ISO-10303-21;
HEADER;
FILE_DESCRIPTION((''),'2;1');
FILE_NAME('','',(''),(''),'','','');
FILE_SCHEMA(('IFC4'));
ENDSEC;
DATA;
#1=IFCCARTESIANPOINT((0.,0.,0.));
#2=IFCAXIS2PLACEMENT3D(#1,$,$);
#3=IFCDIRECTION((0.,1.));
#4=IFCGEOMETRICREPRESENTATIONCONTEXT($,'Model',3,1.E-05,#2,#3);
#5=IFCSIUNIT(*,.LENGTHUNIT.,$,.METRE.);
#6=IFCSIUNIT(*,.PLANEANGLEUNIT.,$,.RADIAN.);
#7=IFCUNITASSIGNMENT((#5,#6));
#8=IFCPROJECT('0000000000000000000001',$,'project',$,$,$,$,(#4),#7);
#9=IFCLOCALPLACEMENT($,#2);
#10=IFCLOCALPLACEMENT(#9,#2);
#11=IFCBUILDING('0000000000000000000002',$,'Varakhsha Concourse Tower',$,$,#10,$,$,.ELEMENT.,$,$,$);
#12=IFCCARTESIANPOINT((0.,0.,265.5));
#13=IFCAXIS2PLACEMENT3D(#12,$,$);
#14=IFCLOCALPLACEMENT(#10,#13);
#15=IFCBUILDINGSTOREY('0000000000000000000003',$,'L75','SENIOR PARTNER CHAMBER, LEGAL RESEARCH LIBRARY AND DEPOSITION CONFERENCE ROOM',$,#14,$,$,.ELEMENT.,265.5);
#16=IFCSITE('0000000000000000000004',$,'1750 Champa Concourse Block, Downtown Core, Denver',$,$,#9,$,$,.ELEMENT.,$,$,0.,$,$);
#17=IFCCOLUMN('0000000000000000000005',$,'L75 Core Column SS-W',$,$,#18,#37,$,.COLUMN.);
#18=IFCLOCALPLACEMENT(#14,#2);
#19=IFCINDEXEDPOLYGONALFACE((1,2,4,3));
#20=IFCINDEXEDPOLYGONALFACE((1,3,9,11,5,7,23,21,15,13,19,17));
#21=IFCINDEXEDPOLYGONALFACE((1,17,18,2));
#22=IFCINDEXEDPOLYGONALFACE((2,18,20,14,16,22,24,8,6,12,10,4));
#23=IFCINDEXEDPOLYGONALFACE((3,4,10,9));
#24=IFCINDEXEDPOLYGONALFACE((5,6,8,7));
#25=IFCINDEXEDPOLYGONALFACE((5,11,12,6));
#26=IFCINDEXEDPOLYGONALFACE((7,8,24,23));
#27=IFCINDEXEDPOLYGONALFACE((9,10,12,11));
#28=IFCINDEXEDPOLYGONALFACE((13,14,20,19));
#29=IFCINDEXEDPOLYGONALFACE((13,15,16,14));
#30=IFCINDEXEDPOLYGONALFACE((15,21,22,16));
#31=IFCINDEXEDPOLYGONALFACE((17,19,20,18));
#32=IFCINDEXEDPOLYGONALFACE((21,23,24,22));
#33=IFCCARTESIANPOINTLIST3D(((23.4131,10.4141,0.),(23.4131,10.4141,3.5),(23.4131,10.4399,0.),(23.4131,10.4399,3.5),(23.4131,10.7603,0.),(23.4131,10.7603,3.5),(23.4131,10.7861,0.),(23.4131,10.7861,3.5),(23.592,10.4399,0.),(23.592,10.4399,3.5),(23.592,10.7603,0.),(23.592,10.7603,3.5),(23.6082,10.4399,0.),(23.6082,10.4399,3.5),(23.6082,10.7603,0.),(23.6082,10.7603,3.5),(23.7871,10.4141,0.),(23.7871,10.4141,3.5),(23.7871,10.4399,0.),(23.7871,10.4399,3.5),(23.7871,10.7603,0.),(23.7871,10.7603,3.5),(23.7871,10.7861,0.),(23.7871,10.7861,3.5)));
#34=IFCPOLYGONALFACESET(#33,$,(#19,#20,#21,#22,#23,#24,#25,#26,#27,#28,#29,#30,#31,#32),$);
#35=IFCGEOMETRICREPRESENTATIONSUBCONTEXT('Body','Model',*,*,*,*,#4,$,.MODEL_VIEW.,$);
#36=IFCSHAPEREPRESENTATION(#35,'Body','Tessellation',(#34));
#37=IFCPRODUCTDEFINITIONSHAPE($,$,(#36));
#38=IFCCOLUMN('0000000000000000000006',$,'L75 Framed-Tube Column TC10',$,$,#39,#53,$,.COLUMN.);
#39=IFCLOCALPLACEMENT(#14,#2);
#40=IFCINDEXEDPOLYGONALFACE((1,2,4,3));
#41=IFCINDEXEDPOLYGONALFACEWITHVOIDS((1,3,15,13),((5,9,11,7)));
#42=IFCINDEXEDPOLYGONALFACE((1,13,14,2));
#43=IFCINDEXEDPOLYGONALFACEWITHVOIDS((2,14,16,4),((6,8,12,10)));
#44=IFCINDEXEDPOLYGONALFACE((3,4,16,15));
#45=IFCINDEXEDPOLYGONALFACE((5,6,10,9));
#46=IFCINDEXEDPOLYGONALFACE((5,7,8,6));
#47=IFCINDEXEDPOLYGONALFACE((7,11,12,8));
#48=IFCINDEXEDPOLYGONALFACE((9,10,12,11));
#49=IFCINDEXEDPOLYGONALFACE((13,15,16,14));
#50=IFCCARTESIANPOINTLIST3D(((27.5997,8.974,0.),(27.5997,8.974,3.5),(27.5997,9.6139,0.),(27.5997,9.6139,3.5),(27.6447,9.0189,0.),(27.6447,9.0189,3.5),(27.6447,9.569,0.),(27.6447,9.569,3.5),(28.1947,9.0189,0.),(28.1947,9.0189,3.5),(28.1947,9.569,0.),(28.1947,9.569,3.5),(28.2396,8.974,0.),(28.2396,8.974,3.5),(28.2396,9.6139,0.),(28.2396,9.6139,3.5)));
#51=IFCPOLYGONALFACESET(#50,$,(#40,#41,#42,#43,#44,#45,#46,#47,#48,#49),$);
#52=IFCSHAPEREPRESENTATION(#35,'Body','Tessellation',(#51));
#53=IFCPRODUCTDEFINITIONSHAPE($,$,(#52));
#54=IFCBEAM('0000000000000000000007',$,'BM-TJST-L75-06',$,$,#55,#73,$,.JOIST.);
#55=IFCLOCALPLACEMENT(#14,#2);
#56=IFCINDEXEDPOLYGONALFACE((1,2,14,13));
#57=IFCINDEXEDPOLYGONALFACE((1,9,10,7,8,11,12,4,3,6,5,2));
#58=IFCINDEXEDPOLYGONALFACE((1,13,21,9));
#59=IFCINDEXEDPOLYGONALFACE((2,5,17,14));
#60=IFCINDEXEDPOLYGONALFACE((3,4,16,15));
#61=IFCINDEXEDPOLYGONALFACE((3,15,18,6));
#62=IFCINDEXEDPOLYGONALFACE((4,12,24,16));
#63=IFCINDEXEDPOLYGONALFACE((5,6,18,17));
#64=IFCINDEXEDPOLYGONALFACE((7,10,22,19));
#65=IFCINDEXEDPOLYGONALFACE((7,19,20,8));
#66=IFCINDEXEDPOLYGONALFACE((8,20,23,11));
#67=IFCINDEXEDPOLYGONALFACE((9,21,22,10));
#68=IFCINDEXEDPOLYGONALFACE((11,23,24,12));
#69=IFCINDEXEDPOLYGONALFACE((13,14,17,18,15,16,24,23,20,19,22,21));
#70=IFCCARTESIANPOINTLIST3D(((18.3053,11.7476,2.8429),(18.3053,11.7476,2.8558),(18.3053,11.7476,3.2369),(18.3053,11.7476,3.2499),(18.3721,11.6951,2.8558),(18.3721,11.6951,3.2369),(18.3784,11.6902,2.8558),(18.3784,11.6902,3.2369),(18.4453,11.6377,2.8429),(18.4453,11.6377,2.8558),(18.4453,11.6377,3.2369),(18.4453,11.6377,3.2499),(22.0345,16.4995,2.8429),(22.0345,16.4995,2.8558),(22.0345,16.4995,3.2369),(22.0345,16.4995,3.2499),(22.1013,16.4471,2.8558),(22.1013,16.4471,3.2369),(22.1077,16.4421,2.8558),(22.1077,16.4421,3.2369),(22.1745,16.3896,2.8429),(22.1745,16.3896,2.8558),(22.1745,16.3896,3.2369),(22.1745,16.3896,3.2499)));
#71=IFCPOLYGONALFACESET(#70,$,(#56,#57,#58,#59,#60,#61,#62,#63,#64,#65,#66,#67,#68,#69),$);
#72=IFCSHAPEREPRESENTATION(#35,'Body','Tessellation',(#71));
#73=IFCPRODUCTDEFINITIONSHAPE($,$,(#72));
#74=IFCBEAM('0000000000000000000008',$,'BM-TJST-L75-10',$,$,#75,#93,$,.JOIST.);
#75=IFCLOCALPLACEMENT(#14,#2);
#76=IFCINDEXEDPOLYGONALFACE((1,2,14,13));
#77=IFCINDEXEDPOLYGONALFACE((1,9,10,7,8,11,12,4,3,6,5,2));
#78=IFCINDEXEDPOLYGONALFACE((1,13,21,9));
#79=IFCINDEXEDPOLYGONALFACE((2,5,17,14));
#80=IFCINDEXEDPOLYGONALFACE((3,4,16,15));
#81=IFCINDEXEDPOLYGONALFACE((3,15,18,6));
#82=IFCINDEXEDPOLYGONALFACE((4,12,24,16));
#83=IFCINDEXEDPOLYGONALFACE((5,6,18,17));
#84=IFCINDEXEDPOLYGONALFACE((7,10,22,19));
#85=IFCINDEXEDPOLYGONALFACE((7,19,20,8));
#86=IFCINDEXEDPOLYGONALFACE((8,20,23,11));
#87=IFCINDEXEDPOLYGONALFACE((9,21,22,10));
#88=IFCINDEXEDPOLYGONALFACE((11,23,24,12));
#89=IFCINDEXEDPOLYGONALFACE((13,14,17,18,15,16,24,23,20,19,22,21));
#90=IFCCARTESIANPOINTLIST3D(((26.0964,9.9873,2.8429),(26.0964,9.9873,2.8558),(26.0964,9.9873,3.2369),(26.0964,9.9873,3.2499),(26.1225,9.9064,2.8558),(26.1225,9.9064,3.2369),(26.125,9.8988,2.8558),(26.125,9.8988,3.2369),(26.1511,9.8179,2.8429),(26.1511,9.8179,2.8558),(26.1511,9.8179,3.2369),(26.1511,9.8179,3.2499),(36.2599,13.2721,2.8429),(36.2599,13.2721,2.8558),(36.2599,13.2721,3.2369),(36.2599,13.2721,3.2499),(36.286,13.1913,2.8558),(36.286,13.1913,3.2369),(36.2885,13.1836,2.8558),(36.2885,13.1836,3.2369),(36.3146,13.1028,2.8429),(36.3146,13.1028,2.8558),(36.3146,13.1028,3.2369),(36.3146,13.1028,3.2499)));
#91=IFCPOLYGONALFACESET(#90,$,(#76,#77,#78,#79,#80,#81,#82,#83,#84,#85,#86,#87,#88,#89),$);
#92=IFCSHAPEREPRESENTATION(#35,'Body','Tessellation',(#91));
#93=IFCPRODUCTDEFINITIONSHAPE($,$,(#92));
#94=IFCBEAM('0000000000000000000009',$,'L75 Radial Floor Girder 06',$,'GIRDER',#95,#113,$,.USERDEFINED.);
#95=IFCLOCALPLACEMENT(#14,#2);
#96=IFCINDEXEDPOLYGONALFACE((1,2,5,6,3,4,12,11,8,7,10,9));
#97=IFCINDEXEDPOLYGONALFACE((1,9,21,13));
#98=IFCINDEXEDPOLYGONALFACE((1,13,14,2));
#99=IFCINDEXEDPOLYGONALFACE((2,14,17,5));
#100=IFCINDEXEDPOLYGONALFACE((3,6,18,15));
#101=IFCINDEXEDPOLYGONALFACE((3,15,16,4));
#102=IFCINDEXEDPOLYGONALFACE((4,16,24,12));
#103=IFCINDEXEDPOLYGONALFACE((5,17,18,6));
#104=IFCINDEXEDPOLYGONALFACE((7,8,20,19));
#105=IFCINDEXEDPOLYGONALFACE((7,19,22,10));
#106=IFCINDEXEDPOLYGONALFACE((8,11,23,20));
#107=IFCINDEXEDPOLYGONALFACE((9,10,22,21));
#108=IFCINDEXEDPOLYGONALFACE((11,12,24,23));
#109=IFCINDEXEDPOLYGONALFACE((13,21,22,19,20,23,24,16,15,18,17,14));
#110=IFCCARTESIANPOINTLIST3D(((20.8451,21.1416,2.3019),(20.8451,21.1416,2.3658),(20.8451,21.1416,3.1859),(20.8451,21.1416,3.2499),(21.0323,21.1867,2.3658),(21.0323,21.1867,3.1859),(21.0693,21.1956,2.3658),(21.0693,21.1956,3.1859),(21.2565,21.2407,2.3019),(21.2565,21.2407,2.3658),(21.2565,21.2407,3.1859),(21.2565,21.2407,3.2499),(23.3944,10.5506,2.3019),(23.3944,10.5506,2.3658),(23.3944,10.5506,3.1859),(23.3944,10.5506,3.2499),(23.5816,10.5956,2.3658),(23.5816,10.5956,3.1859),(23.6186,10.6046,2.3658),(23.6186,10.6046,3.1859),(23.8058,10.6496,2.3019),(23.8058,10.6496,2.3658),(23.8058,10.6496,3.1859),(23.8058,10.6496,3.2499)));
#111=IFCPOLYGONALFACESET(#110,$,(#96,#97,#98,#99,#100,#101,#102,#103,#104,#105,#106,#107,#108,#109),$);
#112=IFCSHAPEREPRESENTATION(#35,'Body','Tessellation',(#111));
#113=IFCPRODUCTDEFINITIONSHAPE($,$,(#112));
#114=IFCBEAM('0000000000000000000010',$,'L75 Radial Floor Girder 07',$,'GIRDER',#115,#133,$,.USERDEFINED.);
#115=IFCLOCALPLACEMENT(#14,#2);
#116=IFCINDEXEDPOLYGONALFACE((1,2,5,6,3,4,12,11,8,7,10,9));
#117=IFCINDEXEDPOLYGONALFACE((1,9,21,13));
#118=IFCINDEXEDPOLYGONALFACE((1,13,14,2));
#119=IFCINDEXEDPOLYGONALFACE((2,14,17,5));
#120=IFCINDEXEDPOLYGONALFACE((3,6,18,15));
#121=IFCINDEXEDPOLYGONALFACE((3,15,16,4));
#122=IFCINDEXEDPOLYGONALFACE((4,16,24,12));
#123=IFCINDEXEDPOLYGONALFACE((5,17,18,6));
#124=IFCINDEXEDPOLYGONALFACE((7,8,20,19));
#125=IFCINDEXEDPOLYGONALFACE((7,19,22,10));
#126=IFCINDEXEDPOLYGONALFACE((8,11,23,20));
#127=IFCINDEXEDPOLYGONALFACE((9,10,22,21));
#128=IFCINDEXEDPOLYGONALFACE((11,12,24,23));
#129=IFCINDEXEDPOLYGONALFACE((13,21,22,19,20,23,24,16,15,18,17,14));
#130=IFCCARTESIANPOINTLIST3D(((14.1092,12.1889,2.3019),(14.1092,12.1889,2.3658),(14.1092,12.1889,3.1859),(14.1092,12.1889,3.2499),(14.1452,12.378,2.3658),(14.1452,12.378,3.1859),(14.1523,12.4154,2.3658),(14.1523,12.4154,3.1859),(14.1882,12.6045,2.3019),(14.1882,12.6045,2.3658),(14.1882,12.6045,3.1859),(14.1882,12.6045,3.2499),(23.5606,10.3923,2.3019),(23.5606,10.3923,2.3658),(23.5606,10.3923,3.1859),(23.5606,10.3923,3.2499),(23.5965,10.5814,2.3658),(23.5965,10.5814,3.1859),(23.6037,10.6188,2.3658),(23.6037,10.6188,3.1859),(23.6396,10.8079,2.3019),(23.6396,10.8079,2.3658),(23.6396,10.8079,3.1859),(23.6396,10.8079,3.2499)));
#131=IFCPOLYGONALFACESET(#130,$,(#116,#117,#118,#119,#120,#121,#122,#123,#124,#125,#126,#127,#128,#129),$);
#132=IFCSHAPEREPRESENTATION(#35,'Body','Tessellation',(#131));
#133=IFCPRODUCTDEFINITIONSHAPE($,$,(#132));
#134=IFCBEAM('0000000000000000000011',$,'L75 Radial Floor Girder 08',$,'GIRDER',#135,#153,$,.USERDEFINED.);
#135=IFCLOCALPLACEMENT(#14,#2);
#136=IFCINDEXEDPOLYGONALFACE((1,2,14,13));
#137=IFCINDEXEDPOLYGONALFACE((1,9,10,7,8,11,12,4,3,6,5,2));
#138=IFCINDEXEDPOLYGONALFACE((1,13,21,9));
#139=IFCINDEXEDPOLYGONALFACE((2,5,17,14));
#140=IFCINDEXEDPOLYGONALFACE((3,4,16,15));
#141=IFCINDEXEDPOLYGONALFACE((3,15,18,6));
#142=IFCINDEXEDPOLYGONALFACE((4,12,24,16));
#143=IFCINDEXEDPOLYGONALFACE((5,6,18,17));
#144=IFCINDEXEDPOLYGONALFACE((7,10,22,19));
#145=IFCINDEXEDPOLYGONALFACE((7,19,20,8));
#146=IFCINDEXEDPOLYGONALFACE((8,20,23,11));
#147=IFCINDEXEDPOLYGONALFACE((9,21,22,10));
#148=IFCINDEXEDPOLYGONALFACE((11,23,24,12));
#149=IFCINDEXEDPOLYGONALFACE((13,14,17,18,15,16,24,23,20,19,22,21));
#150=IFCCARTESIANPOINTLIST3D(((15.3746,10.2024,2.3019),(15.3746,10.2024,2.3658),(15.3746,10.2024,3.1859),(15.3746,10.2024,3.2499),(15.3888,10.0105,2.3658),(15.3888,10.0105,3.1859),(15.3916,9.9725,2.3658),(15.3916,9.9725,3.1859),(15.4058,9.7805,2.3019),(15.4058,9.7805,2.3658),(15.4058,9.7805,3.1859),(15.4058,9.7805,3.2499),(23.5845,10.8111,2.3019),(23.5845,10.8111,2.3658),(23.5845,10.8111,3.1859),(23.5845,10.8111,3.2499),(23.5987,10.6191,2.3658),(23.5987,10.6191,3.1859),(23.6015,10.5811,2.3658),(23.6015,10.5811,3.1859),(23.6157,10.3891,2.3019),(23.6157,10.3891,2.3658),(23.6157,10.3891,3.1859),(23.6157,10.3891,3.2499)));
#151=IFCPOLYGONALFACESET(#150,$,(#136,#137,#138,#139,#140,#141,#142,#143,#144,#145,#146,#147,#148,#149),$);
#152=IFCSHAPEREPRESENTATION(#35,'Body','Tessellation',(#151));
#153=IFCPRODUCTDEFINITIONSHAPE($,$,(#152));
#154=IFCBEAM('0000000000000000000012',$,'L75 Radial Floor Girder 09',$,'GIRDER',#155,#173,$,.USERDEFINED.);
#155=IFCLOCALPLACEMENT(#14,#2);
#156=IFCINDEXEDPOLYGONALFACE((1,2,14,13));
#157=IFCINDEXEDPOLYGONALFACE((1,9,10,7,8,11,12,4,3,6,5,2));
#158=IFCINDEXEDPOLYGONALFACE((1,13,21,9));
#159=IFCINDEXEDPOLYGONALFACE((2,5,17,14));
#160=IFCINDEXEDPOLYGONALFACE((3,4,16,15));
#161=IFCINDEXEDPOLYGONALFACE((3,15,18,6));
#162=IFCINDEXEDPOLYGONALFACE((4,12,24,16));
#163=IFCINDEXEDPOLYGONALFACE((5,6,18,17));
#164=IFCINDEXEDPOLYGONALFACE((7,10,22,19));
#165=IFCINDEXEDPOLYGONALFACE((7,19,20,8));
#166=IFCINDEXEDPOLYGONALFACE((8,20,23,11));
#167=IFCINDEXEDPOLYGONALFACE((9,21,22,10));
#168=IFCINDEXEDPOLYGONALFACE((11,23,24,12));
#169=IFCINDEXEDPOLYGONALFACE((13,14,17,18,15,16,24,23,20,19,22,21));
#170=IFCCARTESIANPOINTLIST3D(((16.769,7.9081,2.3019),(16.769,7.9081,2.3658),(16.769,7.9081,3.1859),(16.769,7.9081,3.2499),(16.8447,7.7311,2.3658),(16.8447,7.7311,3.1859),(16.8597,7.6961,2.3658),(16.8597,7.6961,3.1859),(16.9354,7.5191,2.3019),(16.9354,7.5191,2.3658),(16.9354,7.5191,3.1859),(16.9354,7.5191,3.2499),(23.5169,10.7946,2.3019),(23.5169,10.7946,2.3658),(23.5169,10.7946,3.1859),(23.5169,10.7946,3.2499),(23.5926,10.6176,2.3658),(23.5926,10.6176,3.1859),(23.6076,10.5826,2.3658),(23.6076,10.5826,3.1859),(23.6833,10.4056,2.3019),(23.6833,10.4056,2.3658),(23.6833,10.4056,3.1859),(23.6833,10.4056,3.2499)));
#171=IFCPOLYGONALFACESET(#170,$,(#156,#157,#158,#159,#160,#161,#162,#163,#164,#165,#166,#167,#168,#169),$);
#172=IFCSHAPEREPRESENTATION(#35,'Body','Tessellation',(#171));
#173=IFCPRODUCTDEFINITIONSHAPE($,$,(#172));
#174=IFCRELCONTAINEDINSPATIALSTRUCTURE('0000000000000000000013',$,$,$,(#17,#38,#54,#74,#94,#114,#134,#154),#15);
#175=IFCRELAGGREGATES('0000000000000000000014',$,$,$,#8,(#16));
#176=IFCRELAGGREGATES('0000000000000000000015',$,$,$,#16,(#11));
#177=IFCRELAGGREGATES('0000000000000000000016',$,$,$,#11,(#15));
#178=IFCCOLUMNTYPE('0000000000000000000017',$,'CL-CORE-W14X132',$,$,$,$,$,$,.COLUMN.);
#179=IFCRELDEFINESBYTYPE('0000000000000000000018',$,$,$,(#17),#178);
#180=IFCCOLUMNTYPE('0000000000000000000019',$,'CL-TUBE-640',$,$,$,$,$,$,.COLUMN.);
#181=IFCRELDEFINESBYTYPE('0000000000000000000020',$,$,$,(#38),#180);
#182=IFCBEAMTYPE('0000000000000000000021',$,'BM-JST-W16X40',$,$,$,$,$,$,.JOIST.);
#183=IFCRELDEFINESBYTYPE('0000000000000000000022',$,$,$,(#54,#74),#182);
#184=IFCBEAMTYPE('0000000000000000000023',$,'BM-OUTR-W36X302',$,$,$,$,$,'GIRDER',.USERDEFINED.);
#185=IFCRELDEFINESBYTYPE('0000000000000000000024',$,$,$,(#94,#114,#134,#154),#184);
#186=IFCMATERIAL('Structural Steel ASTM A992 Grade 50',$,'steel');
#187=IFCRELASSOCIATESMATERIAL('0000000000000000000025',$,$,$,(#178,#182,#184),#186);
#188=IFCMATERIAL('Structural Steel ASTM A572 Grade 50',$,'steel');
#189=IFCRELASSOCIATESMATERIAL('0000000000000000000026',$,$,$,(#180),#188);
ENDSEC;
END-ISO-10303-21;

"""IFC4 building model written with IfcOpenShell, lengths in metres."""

from ifc_helpers import new_model, si_unit, direction, frame, origin, origin_2d, place, context, subcontext, project, spatial, hollow_rectangle, i_section, extrude, material, material_profile, profile_set, type_object, element, save


model = new_model("IFC4")

# Units and contexts
model_context = context("Model", 3, precision=1e-05, world=origin(), true_north=direction((0.0, 1.0)))
body_context = subcontext(model_context, "Body", "Model", "MODEL_VIEW")
ifc_project = project(units=[si_unit("LENGTHUNIT", "METRE"), si_unit("PLANEANGLEUNIT", "RADIAN")], contexts=[model_context])

# Site, building, storey
site_placement = place(None, origin())
site = spatial("IfcSite", under=ifc_project, at=site_placement, Name="1750 Champa Concourse Block, Downtown Core, Denver", CompositionType="ELEMENT", RefElevation=0.0)
building_placement = place(site_placement, origin())
building = spatial("IfcBuilding", under=site, at=building_placement, Name="Varakhsha Concourse Tower", CompositionType="ELEMENT")
storey_placement = place(building_placement, frame((0.0, 0.0, 265.5)))
storey = spatial("IfcBuildingStorey", under=building, at=storey_placement, Name="L75", Description="SENIOR PARTNER CHAMBER, LEGAL RESEARCH LIBRARY AND DEPOSITION CONFERENCE ROOM", CompositionType="ELEMENT", Elevation=265.5)

# Columns
ifc_material_1 = material(Name="Structural Steel ASTM A992 Grade 50", Category="steel")
ifc_material_profile_1 = material_profile(ifc_material_1, i_section(OverallWidth=0.374, OverallDepth=0.3721, WebThickness=0.0161, FlangeThickness=0.0259, at=origin_2d()), Name="W14X132")
ifc_profile_set_1 = profile_set([ifc_material_profile_1], Name="Structural Steel ASTM A992 Grade 50")
column_type_1 = type_object("IfcColumnType", Name="CL-CORE-W14X132", PredefinedType="COLUMN", material=ifc_profile_set_1)
column_1_placement = place(storey_placement, frame((23.6001, 10.6001, 0.0), z_axis=(0.0, 0.0, 1.0), x_axis=(1.0, 0.0, 0.0)))
element("IfcColumn", 1, at=column_1_placement, inside=storey, type_object=column_type_1, Name="L75 Core Column SS-W", PredefinedType="COLUMN", context=body_context, shape_type="SweptSolid", body=[
    extrude(i_section(OverallWidth=0.374, OverallDepth=0.3721, WebThickness=0.0161, FlangeThickness=0.0259, at=origin_2d()), origin(), (0.0, 0.0, 1.0), 3.5),
])
ifc_material_2 = material(Name="Structural Steel ASTM A572 Grade 50", Category="steel")
ifc_material_profile_2 = material_profile(ifc_material_2, hollow_rectangle(XDim=0.6399, YDim=0.6399, WallThickness=0.0449, at=origin_2d()), Name="BOX 640x640x45")
ifc_profile_set_2 = profile_set([ifc_material_profile_2], Name="Structural Steel ASTM A572 Grade 50")
column_type_2 = type_object("IfcColumnType", Name="CL-TUBE-640", PredefinedType="COLUMN", material=ifc_profile_set_2)
column_2_placement = place(storey_placement, frame((27.9197, 9.2939, 0.0), z_axis=(0.0, 0.0, 1.0), x_axis=(1.0, 0.0, 0.0)))
element("IfcColumn", 2, at=column_2_placement, inside=storey, type_object=column_type_2, Name="L75 Framed-Tube Column TC10", PredefinedType="COLUMN", context=body_context, shape_type="SweptSolid", body=[
    extrude(hollow_rectangle(XDim=0.6399, YDim=0.6399, WallThickness=0.0449, at=origin_2d()), origin(), (0.0, 0.0, 1.0), 3.5),
])

# Beams
ifc_material_profile_3 = material_profile(ifc_material_1, i_section(OverallWidth=0.178, OverallDepth=0.407, WebThickness=0.0081, FlangeThickness=0.0129, at=origin_2d()), Name="W16X40")
ifc_profile_set_3 = profile_set([ifc_material_profile_3], Name="Structural Steel ASTM A992 Grade 50")
beam_type_1 = type_object("IfcBeamType", Name="BM-JST-W16X40", PredefinedType="JOIST", material=ifc_profile_set_3)
beam_1_placement = place(storey_placement, frame((22.1045, 16.4446, 3.0464), z_axis=(-0.617368, -0.786674, 0.0), x_axis=(0.786674, -0.617368, 0.0)))
element("IfcBeam", 3, at=beam_1_placement, inside=storey, type_object=beam_type_1, Name="BM-TJST-L75-06", PredefinedType="JOIST", context=body_context, shape_type="SweptSolid", body=[
    extrude(i_section(OverallWidth=0.178, OverallDepth=0.407, WebThickness=0.0081, FlangeThickness=0.0129, at=origin_2d()), origin(), (0.0, 0.0, 1.0), 6.0405),
])
beam_2_placement = place(storey_placement, frame((26.1238, 9.9026, 3.0464), z_axis=(0.951535, 0.30754, 0.0), x_axis=(-0.30754, 0.951535, 0.0)))
element("IfcBeam", 4, at=beam_2_placement, inside=storey, type_object=beam_type_1, Name="BM-TJST-L75-10", PredefinedType="JOIST", context=body_context, shape_type="SweptSolid", body=[
    extrude(i_section(OverallWidth=0.178, OverallDepth=0.407, WebThickness=0.0081, FlangeThickness=0.0129, at=origin_2d()), origin(), (0.0, 0.0, 1.0), 10.6812),
])
ifc_material_profile_4 = material_profile(ifc_material_1, i_section(OverallWidth=0.4231, OverallDepth=0.948, WebThickness=0.0381, FlangeThickness=0.064, at=origin_2d()), Name="W36X302")
ifc_profile_set_4 = profile_set([ifc_material_profile_4], Name="Structural Steel ASTM A992 Grade 50")
beam_type_2 = type_object("IfcBeamType", Name="BM-OUTR-W36X302", ElementType="GIRDER", PredefinedType="USERDEFINED", material=ifc_profile_set_4)
beam_3_placement = place(storey_placement, frame((23.6001, 10.6001, 2.7759), z_axis=(-0.23402, 0.972232, 0.0), x_axis=(-0.972232, -0.23402, 0.0)))
element("IfcBeam", 5, at=beam_3_placement, inside=storey, type_object=beam_type_2, Name="L75 Radial Floor Girder 06", ObjectType="GIRDER", PredefinedType="USERDEFINED", context=body_context, shape_type="SweptSolid", body=[
    extrude(i_section(OverallWidth=0.4231, OverallDepth=0.948, WebThickness=0.0381, FlangeThickness=0.064, at=origin_2d()), origin(), (0.0, 0.0, 1.0), 10.8936),
])
beam_4_placement = place(storey_placement, frame((23.6001, 10.6001, 2.7759), z_axis=(-0.982408, 0.186747, 0.0), x_axis=(-0.186747, -0.982408, 0.0)))
element("IfcBeam", 6, at=beam_4_placement, inside=storey, type_object=beam_type_2, Name="L75 Radial Floor Girder 07", ObjectType="GIRDER", PredefinedType="USERDEFINED", context=body_context, shape_type="SweptSolid", body=[
    extrude(i_section(OverallWidth=0.4231, OverallDepth=0.948, WebThickness=0.0381, FlangeThickness=0.064, at=origin_2d()), origin(), (0.0, 0.0, 1.0), 9.6206),
])
beam_5_placement = place(storey_placement, frame((23.6001, 10.6001, 2.7759), z_axis=(-0.997263, -0.073932, 0.0), x_axis=(0.073932, -0.997263, 0.0)))
element("IfcBeam", 7, at=beam_5_placement, inside=storey, type_object=beam_type_2, Name="L75 Radial Floor Girder 08", ObjectType="GIRDER", PredefinedType="USERDEFINED", context=body_context, shape_type="SweptSolid", body=[
    extrude(i_section(OverallWidth=0.4231, OverallDepth=0.948, WebThickness=0.0381, FlangeThickness=0.064, at=origin_2d()), origin(), (0.0, 0.0, 1.0), 8.2324),
])
beam_6_placement = place(storey_placement, frame((23.6001, 10.6001, 2.7759), z_axis=(-0.919413, -0.393293, 0.0), x_axis=(0.393293, -0.919413, 0.0)))
element("IfcBeam", 8, at=beam_6_placement, inside=storey, type_object=beam_type_2, Name="L75 Radial Floor Girder 09", ObjectType="GIRDER", PredefinedType="USERDEFINED", context=body_context, shape_type="SweptSolid", body=[
    extrude(i_section(OverallWidth=0.4231, OverallDepth=0.948, WebThickness=0.0381, FlangeThickness=0.064, at=origin_2d()), origin(), (0.0, 0.0, 1.0), 7.3394),
])

save(model, "model.ifc")
